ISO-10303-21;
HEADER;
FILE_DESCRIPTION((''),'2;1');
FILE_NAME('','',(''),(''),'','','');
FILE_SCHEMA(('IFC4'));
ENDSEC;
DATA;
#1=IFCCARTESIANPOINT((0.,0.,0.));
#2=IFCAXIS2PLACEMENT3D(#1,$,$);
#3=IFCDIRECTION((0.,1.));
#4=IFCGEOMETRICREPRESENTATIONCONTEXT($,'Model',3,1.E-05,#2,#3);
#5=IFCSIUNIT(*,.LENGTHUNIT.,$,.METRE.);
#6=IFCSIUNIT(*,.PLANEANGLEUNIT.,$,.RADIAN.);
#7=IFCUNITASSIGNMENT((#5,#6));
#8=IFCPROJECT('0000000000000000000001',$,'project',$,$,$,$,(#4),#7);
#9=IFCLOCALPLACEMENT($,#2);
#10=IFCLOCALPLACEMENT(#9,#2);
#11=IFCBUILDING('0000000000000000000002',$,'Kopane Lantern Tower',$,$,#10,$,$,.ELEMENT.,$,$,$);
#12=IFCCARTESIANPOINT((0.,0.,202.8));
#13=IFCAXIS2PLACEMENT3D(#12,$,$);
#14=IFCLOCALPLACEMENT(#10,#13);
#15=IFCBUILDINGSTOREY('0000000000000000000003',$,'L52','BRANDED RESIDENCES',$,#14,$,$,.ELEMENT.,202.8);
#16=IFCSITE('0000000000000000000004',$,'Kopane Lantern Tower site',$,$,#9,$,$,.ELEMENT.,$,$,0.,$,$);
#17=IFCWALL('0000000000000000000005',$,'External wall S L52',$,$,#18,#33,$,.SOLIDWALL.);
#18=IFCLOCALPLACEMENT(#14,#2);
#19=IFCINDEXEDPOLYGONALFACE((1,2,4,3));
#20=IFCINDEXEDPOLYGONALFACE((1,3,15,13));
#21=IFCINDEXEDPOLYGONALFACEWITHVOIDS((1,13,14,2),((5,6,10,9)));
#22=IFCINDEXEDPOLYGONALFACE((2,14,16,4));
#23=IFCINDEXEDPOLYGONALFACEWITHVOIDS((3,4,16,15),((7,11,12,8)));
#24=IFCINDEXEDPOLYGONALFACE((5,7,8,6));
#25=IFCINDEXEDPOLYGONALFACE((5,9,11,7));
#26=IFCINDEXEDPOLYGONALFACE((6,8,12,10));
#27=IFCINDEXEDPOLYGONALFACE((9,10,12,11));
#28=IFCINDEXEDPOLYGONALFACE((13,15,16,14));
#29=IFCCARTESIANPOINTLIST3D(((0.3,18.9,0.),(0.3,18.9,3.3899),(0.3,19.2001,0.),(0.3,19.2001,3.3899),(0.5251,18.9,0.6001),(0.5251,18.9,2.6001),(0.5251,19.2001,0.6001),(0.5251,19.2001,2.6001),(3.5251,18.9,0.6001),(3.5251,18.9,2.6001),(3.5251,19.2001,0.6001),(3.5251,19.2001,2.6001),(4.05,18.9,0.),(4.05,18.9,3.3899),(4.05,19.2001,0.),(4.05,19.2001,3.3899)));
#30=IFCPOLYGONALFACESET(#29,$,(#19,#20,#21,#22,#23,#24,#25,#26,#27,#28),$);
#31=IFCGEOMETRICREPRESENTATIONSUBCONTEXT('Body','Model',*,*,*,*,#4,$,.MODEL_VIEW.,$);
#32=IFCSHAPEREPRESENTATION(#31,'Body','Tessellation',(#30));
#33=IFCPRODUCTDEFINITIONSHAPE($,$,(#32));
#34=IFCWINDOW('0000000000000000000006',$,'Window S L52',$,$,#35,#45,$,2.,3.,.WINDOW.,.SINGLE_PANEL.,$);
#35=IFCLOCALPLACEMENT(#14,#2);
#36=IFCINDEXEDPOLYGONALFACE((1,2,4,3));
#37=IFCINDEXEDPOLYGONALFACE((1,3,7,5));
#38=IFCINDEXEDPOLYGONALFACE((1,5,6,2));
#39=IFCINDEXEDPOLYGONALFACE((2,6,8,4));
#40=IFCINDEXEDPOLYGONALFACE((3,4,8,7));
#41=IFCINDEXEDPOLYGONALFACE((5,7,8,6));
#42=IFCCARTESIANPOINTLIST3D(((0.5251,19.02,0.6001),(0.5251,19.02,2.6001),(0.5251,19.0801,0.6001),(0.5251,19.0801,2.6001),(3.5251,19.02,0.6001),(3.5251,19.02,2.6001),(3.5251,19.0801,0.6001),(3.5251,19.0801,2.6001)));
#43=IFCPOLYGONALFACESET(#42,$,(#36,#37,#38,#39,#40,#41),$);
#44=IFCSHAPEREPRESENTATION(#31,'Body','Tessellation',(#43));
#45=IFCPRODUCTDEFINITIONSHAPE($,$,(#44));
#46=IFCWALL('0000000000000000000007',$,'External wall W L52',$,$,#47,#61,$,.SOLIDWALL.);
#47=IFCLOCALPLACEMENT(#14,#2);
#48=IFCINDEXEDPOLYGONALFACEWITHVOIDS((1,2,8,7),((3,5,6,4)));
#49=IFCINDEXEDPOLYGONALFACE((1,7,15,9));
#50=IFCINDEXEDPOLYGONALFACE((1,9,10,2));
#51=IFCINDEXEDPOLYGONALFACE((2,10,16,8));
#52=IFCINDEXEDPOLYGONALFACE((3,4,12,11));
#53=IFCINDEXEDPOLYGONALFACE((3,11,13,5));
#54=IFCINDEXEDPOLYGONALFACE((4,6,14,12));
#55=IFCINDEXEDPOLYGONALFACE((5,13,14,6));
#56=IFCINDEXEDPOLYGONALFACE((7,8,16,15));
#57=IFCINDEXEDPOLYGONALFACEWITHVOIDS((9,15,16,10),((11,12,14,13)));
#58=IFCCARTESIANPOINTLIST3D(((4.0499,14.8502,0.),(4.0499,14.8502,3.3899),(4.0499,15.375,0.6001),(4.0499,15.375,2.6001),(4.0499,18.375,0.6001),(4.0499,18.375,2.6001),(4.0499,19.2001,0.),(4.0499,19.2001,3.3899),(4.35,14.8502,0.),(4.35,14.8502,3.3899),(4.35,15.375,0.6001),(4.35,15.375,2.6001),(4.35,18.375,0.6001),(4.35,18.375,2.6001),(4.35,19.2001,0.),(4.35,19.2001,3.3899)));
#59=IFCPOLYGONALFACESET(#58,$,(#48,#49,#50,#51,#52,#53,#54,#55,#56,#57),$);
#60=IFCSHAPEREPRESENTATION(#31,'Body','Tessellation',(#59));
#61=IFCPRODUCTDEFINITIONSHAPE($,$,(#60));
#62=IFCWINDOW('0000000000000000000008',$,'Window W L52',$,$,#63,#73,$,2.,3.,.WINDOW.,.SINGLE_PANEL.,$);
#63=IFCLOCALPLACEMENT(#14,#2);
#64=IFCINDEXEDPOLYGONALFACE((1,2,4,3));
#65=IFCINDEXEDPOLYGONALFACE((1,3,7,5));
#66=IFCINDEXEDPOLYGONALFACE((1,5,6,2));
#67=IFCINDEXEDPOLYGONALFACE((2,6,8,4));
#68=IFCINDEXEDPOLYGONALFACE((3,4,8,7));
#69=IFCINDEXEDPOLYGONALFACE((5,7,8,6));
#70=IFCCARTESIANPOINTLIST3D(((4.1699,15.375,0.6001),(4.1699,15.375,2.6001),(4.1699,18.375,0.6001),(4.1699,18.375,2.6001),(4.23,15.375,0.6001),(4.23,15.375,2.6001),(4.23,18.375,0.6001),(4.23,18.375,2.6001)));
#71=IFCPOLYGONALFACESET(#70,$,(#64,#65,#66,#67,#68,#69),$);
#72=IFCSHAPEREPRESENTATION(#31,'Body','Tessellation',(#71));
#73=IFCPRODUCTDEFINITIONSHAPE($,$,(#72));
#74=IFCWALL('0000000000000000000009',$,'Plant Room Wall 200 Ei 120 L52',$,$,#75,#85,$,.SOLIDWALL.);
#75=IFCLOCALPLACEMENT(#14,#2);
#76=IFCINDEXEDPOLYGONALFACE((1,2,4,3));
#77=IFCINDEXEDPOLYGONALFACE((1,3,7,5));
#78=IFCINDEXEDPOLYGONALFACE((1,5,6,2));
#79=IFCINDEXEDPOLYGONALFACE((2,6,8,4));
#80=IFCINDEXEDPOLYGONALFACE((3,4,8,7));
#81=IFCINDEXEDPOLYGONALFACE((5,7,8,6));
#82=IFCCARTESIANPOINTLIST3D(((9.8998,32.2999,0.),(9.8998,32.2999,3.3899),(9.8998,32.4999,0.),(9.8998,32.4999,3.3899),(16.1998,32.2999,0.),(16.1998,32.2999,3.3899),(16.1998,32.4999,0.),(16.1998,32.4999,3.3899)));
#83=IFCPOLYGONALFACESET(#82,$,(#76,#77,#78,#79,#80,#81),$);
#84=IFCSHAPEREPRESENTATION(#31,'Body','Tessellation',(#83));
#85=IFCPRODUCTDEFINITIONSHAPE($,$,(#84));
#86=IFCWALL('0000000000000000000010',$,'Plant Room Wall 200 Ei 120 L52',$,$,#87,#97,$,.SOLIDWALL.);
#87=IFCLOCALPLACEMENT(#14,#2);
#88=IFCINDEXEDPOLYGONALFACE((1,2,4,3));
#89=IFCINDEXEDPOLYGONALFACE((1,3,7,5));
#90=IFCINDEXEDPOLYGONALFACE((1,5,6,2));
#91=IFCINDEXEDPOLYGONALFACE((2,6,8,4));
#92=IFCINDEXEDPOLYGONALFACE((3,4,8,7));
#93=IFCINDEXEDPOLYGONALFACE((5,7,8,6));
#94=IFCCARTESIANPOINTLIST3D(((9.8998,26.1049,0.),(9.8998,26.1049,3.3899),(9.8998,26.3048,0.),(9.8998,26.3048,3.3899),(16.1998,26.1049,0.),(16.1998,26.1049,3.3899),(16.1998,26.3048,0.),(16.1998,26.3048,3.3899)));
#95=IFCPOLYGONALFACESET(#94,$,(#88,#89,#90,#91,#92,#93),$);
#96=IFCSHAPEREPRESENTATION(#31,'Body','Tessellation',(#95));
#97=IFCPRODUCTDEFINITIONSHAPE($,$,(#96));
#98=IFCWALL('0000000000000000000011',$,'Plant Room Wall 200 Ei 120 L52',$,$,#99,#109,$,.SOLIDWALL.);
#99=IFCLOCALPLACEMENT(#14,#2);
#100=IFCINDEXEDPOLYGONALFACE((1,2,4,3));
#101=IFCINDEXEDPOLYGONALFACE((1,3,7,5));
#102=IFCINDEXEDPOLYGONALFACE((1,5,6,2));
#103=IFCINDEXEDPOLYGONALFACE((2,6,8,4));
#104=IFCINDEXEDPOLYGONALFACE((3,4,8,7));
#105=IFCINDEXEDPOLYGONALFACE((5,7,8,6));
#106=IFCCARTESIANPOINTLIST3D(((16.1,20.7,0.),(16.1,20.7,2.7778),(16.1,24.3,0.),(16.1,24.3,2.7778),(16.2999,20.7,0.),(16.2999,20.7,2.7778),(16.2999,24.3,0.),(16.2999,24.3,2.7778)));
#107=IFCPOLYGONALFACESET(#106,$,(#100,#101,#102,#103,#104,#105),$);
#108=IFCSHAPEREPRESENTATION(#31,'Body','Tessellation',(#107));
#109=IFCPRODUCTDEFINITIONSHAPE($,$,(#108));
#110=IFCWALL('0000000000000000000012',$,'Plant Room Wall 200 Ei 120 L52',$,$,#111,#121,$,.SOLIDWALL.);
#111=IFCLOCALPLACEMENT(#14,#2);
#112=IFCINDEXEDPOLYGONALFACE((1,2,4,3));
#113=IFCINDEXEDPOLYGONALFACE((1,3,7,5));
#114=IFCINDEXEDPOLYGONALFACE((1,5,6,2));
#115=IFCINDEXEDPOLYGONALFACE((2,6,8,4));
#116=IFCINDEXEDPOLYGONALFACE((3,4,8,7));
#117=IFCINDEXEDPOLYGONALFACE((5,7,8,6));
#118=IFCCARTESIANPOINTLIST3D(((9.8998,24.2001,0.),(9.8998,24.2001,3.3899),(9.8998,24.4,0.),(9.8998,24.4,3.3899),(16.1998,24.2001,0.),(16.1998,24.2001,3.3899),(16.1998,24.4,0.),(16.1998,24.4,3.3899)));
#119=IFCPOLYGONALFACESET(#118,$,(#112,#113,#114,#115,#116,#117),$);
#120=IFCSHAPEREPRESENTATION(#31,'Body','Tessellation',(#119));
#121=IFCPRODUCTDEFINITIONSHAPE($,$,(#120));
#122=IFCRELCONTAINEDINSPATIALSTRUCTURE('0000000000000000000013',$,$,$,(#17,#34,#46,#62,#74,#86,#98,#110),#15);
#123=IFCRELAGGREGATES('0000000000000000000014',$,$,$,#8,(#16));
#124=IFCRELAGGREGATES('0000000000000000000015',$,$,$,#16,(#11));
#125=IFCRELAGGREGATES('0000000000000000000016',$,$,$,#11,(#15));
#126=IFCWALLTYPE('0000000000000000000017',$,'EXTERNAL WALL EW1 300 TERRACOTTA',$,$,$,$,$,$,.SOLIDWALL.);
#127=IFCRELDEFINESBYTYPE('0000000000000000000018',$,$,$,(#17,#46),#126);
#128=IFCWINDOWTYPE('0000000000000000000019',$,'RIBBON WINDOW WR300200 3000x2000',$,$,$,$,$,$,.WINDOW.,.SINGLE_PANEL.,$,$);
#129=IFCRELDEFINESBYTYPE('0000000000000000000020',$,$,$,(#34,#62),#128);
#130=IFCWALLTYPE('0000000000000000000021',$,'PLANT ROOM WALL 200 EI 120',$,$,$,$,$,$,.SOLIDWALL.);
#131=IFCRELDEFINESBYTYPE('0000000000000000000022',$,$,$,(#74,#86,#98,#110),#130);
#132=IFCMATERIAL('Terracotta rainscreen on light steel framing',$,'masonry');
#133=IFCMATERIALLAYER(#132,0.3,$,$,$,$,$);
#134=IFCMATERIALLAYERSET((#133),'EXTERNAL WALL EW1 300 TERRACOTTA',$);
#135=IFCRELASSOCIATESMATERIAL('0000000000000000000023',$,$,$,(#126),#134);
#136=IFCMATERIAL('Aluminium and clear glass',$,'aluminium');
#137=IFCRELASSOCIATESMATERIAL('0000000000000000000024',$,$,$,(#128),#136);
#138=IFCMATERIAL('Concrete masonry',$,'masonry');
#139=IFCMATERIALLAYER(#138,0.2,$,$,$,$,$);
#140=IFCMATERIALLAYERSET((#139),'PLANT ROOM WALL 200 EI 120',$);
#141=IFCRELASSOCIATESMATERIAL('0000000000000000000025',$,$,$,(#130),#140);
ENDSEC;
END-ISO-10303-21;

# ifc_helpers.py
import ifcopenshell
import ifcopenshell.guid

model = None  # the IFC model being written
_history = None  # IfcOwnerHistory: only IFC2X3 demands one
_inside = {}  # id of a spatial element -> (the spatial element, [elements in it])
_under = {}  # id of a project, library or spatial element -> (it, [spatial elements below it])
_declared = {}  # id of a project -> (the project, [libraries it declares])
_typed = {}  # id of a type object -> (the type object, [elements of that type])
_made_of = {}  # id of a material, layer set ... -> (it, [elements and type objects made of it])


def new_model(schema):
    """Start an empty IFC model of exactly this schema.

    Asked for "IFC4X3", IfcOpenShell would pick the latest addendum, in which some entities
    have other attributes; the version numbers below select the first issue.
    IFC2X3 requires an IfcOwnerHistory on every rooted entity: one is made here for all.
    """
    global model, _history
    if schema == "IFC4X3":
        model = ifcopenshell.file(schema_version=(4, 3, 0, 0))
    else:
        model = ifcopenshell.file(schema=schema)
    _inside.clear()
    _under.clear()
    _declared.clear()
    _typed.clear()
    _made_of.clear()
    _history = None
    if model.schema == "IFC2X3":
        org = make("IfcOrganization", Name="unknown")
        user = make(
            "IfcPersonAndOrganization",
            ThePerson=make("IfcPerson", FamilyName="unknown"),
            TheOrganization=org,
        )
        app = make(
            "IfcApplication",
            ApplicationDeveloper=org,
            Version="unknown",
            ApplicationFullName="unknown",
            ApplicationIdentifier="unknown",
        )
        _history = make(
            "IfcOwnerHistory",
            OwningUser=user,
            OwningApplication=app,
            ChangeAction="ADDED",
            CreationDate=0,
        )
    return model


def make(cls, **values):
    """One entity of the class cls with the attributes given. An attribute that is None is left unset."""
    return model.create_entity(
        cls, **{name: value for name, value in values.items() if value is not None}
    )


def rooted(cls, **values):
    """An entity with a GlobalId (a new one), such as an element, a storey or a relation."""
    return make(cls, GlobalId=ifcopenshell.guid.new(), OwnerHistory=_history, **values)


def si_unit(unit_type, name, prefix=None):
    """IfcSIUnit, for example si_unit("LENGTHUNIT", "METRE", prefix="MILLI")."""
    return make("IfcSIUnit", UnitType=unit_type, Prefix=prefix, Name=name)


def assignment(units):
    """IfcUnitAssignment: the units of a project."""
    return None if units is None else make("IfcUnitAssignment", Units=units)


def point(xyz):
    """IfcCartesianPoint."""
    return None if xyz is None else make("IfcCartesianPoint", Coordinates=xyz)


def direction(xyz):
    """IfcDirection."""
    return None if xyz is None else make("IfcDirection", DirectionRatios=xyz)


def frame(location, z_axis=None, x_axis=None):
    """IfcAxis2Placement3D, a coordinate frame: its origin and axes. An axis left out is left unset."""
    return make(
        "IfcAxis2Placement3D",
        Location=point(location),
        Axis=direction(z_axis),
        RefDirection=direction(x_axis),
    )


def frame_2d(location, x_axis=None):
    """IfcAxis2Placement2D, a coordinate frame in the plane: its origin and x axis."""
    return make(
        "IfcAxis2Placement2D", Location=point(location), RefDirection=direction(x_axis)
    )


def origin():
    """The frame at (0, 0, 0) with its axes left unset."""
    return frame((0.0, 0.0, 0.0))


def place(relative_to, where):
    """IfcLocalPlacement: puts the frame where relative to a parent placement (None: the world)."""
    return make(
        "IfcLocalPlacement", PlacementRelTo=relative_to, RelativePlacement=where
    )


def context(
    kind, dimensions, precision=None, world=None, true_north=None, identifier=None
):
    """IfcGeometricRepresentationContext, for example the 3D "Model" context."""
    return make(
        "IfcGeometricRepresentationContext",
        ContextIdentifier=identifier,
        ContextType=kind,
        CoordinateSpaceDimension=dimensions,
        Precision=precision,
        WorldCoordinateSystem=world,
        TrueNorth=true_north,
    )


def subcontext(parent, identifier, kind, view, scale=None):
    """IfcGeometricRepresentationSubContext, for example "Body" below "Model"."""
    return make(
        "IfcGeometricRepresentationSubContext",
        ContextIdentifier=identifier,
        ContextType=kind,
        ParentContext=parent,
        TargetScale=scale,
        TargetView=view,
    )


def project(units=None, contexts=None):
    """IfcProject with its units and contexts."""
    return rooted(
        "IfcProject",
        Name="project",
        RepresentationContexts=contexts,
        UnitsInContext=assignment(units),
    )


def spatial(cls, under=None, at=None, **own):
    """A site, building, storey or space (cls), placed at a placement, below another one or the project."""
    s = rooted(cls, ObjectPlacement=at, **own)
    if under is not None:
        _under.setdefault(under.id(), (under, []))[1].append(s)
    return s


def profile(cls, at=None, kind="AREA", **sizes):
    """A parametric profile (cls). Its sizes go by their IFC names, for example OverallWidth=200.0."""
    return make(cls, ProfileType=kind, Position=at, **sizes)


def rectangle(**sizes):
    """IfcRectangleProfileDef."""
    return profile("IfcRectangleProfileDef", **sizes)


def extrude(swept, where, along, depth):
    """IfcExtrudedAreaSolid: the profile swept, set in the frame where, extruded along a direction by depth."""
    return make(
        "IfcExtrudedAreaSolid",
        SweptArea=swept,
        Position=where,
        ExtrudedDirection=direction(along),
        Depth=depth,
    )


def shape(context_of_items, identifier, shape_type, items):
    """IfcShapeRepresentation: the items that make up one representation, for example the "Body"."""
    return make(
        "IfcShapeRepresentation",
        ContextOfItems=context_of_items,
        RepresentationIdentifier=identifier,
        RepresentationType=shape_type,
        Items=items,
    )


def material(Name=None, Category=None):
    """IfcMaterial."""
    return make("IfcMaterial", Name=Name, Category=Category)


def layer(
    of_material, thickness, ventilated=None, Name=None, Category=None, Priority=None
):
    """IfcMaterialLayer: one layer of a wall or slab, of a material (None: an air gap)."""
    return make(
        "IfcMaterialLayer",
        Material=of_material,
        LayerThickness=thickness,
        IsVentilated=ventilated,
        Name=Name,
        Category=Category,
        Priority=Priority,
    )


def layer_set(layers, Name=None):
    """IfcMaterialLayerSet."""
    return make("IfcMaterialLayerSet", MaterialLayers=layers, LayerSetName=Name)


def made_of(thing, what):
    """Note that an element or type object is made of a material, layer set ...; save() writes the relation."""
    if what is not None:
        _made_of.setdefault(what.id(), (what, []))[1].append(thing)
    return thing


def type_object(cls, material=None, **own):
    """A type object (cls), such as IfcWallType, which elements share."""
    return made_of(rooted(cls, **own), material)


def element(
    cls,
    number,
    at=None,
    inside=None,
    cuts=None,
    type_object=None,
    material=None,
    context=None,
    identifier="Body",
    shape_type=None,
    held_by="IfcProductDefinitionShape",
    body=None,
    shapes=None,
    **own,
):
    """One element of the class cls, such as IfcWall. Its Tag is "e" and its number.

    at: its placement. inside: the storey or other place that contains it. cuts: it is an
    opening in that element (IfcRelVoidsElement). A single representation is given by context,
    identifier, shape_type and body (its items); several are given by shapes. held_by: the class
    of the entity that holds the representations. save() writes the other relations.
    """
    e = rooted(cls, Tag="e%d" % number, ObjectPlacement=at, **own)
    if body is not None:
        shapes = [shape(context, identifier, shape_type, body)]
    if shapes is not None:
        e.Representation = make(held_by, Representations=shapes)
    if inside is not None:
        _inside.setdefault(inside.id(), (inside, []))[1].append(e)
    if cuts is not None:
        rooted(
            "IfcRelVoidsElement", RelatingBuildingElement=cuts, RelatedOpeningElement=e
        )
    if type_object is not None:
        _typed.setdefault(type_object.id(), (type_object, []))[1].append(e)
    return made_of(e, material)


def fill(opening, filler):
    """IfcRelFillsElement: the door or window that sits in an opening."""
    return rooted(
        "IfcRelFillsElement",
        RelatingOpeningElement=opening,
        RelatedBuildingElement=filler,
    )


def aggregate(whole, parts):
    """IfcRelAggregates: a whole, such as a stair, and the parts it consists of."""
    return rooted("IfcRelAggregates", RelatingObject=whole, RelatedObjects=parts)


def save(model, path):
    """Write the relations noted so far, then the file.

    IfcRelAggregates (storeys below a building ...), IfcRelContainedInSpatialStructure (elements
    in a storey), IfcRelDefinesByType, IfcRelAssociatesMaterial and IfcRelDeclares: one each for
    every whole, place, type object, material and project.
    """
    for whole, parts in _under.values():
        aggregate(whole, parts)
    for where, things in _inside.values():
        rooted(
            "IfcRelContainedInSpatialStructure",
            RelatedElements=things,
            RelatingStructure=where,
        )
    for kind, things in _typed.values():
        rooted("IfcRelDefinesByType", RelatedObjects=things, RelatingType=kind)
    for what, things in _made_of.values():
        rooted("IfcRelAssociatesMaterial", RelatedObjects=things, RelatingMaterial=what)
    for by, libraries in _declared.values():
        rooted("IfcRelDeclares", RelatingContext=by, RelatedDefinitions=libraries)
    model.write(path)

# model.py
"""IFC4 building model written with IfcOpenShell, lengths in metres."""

from ifc_helpers import new_model, si_unit, direction, frame, frame_2d, origin, place, context, subcontext, project, spatial, rectangle, extrude, material, layer, layer_set, type_object, element, fill, save


model = new_model("IFC4")

# Units and contexts
model_context = context("Model", 3, precision=1e-05, world=origin(), true_north=direction((0.0, 1.0)))
body_context = subcontext(model_context, "Body", "Model", "MODEL_VIEW")
ifc_project = project(units=[si_unit("LENGTHUNIT", "METRE"), si_unit("PLANEANGLEUNIT", "RADIAN")], contexts=[model_context])

# Site, building, storey
site_placement = place(None, origin())
site = spatial("IfcSite", under=ifc_project, at=site_placement, Name="Kopane Lantern Tower site", CompositionType="ELEMENT", RefElevation=0.0)
building_placement = place(site_placement, origin())
building = spatial("IfcBuilding", under=site, at=building_placement, Name="Kopane Lantern Tower", CompositionType="ELEMENT")
storey_placement = place(building_placement, frame((0.0, 0.0, 202.8)))
storey = spatial("IfcBuildingStorey", under=building, at=storey_placement, Name="L52", Description="BRANDED RESIDENCES", CompositionType="ELEMENT", Elevation=202.8)

# Walls, openings, windows
ifc_material_1 = material(Name="Terracotta rainscreen on light steel framing", Category="masonry")
ifc_layer_1 = layer(ifc_material_1, 0.3)
ifc_layer_set_1 = layer_set([ifc_layer_1], Name="EXTERNAL WALL EW1 300 TERRACOTTA")
wall_type_1 = type_object("IfcWallType", Name="EXTERNAL WALL EW1 300 TERRACOTTA", PredefinedType="SOLIDWALL", material=ifc_layer_set_1)
wall_1_placement = place(storey_placement, frame((0.3, 19.05, 0.0), z_axis=(0.0, 0.0, 1.0), x_axis=(1.0, 0.0, 0.0)))
wall_1 = element("IfcWall", 1, at=wall_1_placement, inside=storey, type_object=wall_type_1, Name="External wall S L52", PredefinedType="SOLIDWALL", context=body_context, shape_type="SweptSolid", body=[
    extrude(rectangle(XDim=3.75, YDim=0.3, at=frame_2d((1.875, 0.0))), origin(), (0.0, 0.0, 1.0), 3.3899),
])
opening_1_placement = place(wall_1_placement, frame((0.2251, 0.0, 0.6001)))
opening_1 = element("IfcOpeningElement", 2, at=opening_1_placement, cuts=wall_1, PredefinedType="OPENING", context=body_context, shape_type="SweptSolid", body=[
    extrude(rectangle(XDim=3.0, YDim=2.0, at=frame_2d((1.5, 1.0))), frame((0.0, 0.1599, 0.0), z_axis=(0.0, -1.0, 0.0), x_axis=(1.0, 0.0, 0.0)), (0.0, 0.0, 1.0), 0.3201),
])
ifc_material_2 = material(Name="Aluminium and clear glass", Category="aluminium")
window_type = type_object("IfcWindowType", Name="RIBBON WINDOW WR300200 3000x2000", PartitioningType="SINGLE_PANEL", PredefinedType="WINDOW", material=ifc_material_2)
window_1_placement = place(opening_1_placement, origin())
window_1 = element("IfcWindow", 3, at=window_1_placement, inside=storey, type_object=window_type, Name="Window S L52", OverallHeight=2.0, OverallWidth=3.0, PartitioningType="SINGLE_PANEL", PredefinedType="WINDOW", context=body_context, shape_type="SweptSolid", body=[
    extrude(rectangle(XDim=3.0, YDim=2.0, at=frame_2d((1.5, 1.0))), frame((0.0, 0.03, 0.0), z_axis=(0.0, -1.0, 0.0), x_axis=(1.0, 0.0, 0.0)), (0.0, 0.0, 1.0), 0.0601),
])
fill(opening_1, window_1)
wall_2_placement = place(storey_placement, frame((4.2, 19.2, 0.0), z_axis=(0.0, 0.0, 1.0), x_axis=(0.0, -1.0, 0.0)))
wall_2 = element("IfcWall", 4, at=wall_2_placement, inside=storey, type_object=wall_type_1, Name="External wall W L52", PredefinedType="SOLIDWALL", context=body_context, shape_type="SweptSolid", body=[
    extrude(rectangle(XDim=4.3499, YDim=0.3, at=frame_2d((2.1748, 0.0))), origin(), (0.0, 0.0, 1.0), 3.3899),
])
opening_2_placement = place(wall_2_placement, frame((0.825, 0.0, 0.6001)))
opening_2 = element("IfcOpeningElement", 5, at=opening_2_placement, cuts=wall_2, PredefinedType="OPENING", context=body_context, shape_type="SweptSolid", body=[
    extrude(rectangle(XDim=3.0, YDim=2.0, at=frame_2d((1.5, 1.0))), frame((0.0, 0.1599, 0.0), z_axis=(0.0, -1.0, 0.0), x_axis=(1.0, 0.0, 0.0)), (0.0, 0.0, 1.0), 0.3201),
])
window_2_placement = place(opening_2_placement, origin())
window_2 = element("IfcWindow", 6, at=window_2_placement, inside=storey, type_object=window_type, Name="Window W L52", OverallHeight=2.0, OverallWidth=3.0, PartitioningType="SINGLE_PANEL", PredefinedType="WINDOW", context=body_context, shape_type="SweptSolid", body=[
    extrude(rectangle(XDim=3.0, YDim=2.0, at=frame_2d((1.5, 1.0))), frame((0.0, 0.03, 0.0), z_axis=(0.0, -1.0, 0.0), x_axis=(1.0, 0.0, 0.0)), (0.0, 0.0, 1.0), 0.0601),
])
fill(opening_2, window_2)

# Walls
ifc_material_3 = material(Name="Concrete masonry", Category="masonry")
ifc_layer_2 = layer(ifc_material_3, 0.2)
ifc_layer_set_2 = layer_set([ifc_layer_2], Name="PLANT ROOM WALL 200 EI 120")
wall_type_2 = type_object("IfcWallType", Name="PLANT ROOM WALL 200 EI 120", PredefinedType="SOLIDWALL", material=ifc_layer_set_2)
for number, where, z_axis, x_axis, name in (
    (7, (9.8999, 32.3999, 0.0), (0.0, 0.0, 1.0), (1.0, 0.0, 0.0), "Plant Room Wall 200 Ei 120 L52"),
    (8, (9.8999, 26.2048, 0.0), (0.0, 0.0, 1.0), (1.0, 0.0, 0.0), "Plant Room Wall 200 Ei 120 L52"),
):
    element("IfcWall", number, at=place(storey_placement, frame(where, z_axis=z_axis, x_axis=x_axis)), inside=storey, type_object=wall_type_2, Name=name, PredefinedType="SOLIDWALL", context=body_context, shape_type="SweptSolid", body=[
        extrude(rectangle(XDim=6.3, YDim=0.2, at=frame_2d((3.1499, 0.0))), origin(), (0.0, 0.0, 1.0), 3.3899),
    ])
wall_3_placement = place(storey_placement, frame((16.2, 20.7, 0.0), z_axis=(0.0, 0.0, 1.0), x_axis=(0.0, 1.0, 0.0)))
element("IfcWall", 9, at=wall_3_placement, inside=storey, type_object=wall_type_2, Name="Plant Room Wall 200 Ei 120 L52", PredefinedType="SOLIDWALL", context=body_context, shape_type="SweptSolid", body=[
    extrude(rectangle(XDim=3.6001, YDim=0.2, at=frame_2d((1.8, 0.0))), origin(), (0.0, 0.0, 1.0), 2.7778),
])
wall_4_placement = place(storey_placement, frame((9.8999, 24.3, 0.0), z_axis=(0.0, 0.0, 1.0), x_axis=(1.0, 0.0, 0.0)))
element("IfcWall", 10, at=wall_4_placement, inside=storey, type_object=wall_type_2, Name="Plant Room Wall 200 Ei 120 L52", PredefinedType="SOLIDWALL", context=body_context, shape_type="SweptSolid", body=[
    extrude(rectangle(XDim=6.3, YDim=0.2, at=frame_2d((3.1499, 0.0))), origin(), (0.0, 0.0, 1.0), 3.3899),
])

save(model, "model.ifc")
